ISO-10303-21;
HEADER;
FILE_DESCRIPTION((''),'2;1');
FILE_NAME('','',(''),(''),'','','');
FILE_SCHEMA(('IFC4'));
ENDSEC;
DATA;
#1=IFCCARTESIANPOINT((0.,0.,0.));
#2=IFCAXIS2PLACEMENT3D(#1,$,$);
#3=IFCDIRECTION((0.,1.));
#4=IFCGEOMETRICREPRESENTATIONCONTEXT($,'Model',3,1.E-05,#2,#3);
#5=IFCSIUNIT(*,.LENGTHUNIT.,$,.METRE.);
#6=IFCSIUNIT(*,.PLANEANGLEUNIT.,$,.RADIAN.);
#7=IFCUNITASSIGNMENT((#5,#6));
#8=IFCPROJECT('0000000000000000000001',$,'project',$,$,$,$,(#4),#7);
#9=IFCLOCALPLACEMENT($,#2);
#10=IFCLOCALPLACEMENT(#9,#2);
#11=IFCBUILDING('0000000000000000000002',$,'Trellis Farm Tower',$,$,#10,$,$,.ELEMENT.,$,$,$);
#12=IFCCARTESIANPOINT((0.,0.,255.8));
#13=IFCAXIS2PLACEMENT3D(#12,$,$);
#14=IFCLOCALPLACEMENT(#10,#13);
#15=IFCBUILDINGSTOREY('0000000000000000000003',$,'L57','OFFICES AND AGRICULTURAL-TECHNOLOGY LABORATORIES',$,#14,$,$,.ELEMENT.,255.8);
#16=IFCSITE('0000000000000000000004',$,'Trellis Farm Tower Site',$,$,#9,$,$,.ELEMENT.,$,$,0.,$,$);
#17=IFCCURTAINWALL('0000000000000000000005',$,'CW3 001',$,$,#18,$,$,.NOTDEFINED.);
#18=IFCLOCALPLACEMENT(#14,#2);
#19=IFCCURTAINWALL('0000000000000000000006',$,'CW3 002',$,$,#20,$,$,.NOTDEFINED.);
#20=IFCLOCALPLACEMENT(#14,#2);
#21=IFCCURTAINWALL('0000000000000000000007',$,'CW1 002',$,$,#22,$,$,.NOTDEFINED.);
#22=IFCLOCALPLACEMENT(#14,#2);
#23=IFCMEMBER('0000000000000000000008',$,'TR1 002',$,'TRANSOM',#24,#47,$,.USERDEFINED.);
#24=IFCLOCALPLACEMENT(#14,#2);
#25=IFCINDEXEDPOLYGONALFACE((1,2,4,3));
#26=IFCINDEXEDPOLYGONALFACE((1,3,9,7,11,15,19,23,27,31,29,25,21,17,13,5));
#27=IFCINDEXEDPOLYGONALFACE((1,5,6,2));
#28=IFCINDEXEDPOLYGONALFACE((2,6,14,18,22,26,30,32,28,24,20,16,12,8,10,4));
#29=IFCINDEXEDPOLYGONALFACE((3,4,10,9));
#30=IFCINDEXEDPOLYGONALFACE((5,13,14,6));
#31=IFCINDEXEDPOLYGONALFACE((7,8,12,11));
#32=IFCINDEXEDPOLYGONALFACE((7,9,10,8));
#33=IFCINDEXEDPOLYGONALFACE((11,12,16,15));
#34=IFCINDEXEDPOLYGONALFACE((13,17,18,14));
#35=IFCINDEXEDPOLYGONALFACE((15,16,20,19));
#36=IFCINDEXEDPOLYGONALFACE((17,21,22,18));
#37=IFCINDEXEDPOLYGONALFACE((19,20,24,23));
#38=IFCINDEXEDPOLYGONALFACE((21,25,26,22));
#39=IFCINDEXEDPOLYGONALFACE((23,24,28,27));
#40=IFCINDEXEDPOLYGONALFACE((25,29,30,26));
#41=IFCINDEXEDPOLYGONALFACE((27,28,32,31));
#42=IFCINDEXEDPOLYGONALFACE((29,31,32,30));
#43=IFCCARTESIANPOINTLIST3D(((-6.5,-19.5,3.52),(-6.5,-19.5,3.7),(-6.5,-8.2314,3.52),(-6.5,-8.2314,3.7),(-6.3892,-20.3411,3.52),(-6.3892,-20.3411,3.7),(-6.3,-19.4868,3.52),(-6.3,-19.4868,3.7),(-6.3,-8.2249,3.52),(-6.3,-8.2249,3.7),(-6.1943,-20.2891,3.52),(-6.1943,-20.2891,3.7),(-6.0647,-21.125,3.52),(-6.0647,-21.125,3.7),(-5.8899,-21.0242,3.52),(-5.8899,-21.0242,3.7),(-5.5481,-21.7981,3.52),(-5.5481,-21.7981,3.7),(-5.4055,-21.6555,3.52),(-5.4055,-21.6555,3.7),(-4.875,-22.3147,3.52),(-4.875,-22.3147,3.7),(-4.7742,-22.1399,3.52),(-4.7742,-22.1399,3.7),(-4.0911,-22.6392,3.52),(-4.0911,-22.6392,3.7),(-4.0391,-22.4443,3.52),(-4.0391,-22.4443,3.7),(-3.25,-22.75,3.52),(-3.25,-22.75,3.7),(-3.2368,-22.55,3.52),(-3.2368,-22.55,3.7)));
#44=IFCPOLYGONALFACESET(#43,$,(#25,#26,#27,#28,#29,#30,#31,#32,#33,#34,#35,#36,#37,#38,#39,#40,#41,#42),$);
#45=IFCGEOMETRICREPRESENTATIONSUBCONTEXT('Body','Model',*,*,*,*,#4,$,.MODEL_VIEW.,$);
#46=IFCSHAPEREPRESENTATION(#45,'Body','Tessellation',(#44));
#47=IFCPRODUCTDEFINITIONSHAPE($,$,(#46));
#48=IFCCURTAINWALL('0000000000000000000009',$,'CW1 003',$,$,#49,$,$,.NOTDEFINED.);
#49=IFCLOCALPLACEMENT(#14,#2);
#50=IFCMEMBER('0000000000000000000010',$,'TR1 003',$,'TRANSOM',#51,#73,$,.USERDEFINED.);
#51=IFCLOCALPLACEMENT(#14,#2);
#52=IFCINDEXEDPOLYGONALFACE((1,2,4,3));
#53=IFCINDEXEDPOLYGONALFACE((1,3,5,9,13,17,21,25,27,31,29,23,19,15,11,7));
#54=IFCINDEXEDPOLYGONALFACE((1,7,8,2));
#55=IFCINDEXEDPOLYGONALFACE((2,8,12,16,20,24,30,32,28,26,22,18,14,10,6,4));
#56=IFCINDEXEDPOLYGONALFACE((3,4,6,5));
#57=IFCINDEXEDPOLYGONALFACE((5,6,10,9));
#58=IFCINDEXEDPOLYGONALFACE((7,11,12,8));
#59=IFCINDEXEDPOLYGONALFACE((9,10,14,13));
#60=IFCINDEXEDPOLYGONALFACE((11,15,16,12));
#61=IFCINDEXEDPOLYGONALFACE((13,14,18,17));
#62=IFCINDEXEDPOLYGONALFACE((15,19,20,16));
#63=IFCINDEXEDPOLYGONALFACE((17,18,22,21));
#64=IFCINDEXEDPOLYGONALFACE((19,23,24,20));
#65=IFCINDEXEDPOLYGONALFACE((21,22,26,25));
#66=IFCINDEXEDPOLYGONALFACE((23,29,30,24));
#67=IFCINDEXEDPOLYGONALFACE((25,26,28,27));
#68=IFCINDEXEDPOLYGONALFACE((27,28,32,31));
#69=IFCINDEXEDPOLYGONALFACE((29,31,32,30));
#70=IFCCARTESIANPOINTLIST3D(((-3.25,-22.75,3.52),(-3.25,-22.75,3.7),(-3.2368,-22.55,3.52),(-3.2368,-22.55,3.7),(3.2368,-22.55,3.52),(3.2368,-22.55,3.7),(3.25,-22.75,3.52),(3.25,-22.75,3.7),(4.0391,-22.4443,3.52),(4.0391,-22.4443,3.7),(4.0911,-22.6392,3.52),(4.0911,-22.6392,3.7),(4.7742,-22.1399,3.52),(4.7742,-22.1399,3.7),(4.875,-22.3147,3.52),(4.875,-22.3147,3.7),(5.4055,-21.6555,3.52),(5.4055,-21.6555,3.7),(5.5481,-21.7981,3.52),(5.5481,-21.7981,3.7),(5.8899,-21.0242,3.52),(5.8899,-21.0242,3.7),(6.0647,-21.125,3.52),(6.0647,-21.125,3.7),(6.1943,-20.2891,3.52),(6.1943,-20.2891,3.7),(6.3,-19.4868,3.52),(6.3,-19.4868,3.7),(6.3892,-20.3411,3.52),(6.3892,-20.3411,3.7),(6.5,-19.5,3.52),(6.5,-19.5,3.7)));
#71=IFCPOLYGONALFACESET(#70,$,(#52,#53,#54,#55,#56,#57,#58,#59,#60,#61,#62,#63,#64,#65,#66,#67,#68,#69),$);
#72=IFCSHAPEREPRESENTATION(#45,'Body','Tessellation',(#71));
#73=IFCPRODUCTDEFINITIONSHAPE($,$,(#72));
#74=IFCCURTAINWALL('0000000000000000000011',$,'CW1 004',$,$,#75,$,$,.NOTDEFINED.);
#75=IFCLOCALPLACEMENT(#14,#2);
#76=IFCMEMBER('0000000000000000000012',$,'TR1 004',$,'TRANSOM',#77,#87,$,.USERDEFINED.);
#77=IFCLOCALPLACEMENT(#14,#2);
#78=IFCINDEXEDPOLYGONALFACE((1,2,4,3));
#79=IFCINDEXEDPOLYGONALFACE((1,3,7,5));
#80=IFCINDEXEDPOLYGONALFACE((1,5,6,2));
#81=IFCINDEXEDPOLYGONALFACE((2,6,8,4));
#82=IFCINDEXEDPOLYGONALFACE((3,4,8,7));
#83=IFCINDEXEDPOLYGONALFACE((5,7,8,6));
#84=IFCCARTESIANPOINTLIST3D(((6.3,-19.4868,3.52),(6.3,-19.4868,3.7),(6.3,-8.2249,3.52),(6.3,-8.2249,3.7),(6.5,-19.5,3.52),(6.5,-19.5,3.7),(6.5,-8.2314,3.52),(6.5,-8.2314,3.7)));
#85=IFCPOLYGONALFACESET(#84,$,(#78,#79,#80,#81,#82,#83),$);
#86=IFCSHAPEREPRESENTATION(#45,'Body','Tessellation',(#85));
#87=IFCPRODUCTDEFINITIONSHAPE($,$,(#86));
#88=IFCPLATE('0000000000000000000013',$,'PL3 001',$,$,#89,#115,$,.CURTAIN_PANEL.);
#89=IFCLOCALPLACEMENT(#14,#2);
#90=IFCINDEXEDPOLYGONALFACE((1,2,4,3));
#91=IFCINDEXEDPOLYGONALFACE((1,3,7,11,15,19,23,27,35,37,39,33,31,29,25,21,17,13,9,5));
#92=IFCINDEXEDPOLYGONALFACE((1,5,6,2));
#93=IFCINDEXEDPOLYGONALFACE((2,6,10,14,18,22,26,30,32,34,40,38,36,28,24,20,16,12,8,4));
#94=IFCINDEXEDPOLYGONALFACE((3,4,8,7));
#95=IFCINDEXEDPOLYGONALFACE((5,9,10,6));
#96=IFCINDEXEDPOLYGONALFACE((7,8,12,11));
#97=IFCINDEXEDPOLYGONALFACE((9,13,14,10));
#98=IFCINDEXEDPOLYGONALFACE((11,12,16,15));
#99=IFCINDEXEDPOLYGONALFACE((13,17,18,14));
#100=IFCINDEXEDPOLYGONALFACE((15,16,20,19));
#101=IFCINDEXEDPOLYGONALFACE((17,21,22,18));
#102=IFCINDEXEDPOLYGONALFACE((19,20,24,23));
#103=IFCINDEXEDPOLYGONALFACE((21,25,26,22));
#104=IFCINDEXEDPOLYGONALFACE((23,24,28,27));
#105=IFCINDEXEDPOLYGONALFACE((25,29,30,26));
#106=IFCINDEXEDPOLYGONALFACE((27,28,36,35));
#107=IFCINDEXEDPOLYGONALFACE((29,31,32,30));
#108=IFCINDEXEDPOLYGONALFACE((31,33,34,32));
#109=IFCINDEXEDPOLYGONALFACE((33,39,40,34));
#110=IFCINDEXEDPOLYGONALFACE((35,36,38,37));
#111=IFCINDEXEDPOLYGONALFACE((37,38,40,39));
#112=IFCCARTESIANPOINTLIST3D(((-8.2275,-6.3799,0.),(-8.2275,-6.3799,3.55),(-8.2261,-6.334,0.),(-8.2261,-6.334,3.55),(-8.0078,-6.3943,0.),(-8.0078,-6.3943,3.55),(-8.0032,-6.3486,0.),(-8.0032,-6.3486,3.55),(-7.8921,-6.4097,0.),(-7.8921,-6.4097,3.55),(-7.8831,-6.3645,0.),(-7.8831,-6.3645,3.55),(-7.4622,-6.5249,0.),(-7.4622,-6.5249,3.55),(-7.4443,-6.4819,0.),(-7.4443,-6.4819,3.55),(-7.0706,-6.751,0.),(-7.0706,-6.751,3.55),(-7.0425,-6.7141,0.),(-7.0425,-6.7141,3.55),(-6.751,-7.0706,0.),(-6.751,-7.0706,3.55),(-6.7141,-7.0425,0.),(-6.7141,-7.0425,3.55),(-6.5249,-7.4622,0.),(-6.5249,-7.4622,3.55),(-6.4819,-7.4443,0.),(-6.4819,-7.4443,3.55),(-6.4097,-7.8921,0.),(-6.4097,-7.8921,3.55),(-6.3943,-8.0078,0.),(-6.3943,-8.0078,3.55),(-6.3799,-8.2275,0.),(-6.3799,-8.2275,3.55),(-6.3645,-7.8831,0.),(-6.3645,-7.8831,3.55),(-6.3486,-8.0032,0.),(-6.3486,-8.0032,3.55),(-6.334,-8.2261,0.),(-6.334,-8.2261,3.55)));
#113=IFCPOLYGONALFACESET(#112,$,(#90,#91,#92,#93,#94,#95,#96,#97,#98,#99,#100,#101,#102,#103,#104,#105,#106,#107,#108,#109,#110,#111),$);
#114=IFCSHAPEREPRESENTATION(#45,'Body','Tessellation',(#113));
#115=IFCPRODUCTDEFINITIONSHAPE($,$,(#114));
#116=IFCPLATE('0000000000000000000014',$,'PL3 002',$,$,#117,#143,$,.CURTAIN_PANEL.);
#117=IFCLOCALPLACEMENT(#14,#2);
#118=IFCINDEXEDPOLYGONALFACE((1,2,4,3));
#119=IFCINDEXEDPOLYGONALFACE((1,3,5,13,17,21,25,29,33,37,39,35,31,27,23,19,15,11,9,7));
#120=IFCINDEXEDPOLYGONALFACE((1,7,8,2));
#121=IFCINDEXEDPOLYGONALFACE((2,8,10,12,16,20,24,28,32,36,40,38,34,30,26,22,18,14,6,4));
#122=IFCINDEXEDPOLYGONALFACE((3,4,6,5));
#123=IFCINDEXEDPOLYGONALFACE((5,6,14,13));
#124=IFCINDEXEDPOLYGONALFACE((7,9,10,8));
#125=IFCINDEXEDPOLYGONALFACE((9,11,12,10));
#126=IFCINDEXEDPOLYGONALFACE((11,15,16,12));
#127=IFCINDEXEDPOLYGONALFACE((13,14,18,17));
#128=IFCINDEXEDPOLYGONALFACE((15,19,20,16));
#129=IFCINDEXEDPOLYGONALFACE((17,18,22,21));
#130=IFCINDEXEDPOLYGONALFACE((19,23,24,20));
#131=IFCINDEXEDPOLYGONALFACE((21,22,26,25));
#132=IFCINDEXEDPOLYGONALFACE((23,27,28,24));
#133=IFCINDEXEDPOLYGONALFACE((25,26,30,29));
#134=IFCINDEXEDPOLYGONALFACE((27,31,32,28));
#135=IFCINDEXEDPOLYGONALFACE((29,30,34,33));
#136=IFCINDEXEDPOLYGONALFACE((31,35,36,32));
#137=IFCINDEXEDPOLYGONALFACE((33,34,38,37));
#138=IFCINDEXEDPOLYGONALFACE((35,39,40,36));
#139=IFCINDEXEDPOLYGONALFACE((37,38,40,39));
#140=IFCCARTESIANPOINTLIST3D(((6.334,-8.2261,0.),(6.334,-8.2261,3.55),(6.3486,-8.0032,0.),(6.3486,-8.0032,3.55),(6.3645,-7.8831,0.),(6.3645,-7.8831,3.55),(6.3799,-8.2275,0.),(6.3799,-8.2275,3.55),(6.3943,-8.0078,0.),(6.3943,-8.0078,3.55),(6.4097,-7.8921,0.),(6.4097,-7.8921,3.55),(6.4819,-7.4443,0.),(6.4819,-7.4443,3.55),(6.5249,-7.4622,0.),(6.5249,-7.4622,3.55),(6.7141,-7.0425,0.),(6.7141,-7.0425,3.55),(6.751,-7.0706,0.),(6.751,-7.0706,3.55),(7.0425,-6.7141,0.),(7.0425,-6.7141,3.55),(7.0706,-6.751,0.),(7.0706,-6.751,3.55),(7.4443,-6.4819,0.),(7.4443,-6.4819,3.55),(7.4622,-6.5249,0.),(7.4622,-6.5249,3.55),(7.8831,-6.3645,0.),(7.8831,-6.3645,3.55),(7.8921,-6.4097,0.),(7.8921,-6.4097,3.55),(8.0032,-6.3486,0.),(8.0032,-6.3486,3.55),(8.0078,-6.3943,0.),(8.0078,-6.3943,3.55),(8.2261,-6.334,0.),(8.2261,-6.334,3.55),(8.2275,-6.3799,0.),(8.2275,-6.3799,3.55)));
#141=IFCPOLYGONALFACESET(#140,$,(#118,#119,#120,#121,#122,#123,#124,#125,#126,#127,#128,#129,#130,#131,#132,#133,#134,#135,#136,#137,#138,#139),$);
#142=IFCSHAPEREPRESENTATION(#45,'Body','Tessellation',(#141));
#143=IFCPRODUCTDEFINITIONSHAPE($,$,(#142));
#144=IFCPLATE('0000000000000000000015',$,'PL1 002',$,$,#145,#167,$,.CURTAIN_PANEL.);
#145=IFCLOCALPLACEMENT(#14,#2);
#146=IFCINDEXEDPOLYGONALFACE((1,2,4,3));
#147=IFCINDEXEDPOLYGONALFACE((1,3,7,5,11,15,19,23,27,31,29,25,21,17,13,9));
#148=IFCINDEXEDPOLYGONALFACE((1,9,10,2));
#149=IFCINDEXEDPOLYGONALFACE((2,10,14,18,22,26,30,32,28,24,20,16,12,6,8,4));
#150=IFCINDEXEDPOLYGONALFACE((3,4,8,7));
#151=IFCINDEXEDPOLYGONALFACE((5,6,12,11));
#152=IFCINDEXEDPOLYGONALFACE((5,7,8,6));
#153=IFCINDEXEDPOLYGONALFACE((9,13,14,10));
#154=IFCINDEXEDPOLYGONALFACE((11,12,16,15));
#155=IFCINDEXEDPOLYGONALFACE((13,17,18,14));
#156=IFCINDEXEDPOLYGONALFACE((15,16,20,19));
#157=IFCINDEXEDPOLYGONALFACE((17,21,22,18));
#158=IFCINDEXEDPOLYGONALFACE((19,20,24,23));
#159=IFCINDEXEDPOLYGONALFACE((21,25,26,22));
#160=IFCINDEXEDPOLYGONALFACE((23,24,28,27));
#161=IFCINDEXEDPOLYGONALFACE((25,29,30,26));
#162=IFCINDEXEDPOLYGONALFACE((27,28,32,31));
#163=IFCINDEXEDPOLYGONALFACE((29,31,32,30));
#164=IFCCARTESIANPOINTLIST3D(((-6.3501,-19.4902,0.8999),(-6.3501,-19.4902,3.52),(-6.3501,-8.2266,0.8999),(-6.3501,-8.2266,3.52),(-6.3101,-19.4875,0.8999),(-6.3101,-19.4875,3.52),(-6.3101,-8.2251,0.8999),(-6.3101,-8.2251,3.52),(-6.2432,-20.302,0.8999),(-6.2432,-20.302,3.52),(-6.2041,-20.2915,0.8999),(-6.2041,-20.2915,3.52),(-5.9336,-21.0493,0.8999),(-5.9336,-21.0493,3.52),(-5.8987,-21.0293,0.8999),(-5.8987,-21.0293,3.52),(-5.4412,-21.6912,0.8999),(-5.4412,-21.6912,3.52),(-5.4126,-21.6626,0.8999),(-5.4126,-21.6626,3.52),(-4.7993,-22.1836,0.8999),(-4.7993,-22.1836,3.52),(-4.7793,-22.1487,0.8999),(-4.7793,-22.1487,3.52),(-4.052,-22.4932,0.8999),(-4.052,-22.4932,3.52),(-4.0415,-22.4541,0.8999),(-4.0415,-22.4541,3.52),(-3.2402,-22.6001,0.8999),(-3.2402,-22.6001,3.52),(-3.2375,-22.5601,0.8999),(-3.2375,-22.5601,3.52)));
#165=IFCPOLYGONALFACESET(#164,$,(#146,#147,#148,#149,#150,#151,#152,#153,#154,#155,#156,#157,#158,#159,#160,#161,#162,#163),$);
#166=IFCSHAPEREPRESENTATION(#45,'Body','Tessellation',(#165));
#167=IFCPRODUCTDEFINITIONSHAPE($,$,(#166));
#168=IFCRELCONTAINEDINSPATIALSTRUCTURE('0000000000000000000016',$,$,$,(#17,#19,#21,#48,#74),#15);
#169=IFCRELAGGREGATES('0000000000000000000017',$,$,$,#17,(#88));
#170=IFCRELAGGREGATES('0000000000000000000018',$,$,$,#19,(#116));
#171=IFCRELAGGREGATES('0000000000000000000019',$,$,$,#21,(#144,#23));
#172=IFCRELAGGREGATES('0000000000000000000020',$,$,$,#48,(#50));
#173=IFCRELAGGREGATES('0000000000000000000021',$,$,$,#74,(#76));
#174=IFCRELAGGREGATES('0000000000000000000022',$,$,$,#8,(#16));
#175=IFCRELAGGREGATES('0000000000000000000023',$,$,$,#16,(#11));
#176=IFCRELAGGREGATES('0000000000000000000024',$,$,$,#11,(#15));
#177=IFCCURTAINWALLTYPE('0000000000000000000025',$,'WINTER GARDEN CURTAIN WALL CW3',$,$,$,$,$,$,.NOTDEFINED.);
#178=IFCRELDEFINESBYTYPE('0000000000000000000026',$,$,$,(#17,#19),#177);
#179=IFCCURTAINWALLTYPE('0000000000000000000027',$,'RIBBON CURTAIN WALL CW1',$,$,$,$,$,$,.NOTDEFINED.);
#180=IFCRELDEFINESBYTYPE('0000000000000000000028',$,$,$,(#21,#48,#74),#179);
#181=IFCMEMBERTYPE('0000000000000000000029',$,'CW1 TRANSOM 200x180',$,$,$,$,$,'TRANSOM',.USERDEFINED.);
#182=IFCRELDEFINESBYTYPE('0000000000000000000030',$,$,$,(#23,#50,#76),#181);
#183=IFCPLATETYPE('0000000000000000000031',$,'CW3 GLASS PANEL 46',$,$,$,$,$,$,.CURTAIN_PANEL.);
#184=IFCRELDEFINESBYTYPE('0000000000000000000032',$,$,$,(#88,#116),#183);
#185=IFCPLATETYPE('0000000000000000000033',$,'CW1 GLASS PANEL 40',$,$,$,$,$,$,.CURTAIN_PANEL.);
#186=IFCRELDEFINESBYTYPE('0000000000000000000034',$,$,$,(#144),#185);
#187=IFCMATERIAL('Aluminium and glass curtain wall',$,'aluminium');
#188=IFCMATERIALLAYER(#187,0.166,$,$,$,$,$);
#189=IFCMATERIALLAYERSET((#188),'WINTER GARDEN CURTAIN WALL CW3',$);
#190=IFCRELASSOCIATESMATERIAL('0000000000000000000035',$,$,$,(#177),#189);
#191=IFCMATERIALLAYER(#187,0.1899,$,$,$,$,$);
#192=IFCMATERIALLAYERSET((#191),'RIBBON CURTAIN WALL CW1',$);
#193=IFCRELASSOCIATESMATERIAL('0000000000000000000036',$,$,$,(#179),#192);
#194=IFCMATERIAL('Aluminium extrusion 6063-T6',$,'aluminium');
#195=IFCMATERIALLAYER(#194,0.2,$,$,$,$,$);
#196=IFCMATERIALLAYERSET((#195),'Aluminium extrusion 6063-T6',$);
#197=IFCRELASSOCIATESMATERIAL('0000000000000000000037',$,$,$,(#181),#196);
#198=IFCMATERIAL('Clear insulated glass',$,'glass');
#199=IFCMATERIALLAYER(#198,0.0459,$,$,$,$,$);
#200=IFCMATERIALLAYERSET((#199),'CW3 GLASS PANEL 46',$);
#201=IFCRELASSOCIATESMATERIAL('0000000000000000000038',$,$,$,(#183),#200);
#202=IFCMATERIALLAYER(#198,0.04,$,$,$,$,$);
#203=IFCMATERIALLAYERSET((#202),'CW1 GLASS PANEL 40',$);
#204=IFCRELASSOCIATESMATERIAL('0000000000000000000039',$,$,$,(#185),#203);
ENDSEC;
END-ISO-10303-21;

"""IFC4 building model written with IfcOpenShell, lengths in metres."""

from ifc_helpers import new_model, si_unit, direction, frame, origin, place, context, subcontext, project, spatial, polyline, outline, extrude, source, transform, mapped, material, layer, layer_set, type_object, element, aggregate, save


model = new_model("IFC4")

# Units and contexts
model_context = context("Model", 3, precision=1e-05, world=origin(), true_north=direction((0.0, 1.0)))
body_context = subcontext(model_context, "Body", "Model", "MODEL_VIEW")
ifc_project = project(units=[si_unit("LENGTHUNIT", "METRE"), si_unit("PLANEANGLEUNIT", "RADIAN")], contexts=[model_context])

# Site, building, storey
site_placement = place(None, origin())
site = spatial("IfcSite", under=ifc_project, at=site_placement, Name="Trellis Farm Tower Site", CompositionType="ELEMENT", RefElevation=0.0)
building_placement = place(site_placement, origin())
building = spatial("IfcBuilding", under=site, at=building_placement, Name="Trellis Farm Tower", CompositionType="ELEMENT")
storey_placement = place(building_placement, frame((0.0, 0.0, 255.8)))
storey = spatial("IfcBuildingStorey", under=building, at=storey_placement, Name="L57", Description="OFFICES AND AGRICULTURAL-TECHNOLOGY LABORATORIES", CompositionType="ELEMENT", Elevation=255.8)

# Curtain walls, members
ifc_material_1 = material(Name="Aluminium and glass curtain wall", Category="aluminium")
ifc_layer_1 = layer(ifc_material_1, 0.166)
ifc_layer_set_1 = layer_set([ifc_layer_1], Name="WINTER GARDEN CURTAIN WALL CW3")
curtain_wall_type_1 = type_object("IfcCurtainWallType", Name="WINTER GARDEN CURTAIN WALL CW3", PredefinedType="NOTDEFINED", material=ifc_layer_set_1)
placement_1 = place(storey_placement, origin())
curtain_wall_1 = element("IfcCurtainWall", 1, at=placement_1, inside=storey, type_object=curtain_wall_type_1, Name="CW3 001", PredefinedType="NOTDEFINED")
ifc_material_2 = material(Name="Aluminium extrusion 6063-T6", Category="aluminium")
curtain_wall_2 = element("IfcCurtainWall", 2, at=placement_1, inside=storey, type_object=curtain_wall_type_1, Name="CW3 002", PredefinedType="NOTDEFINED")
ifc_layer_2 = layer(ifc_material_1, 0.1899)
ifc_layer_set_2 = layer_set([ifc_layer_2], Name="RIBBON CURTAIN WALL CW1")
curtain_wall_type_2 = type_object("IfcCurtainWallType", Name="RIBBON CURTAIN WALL CW1", PredefinedType="NOTDEFINED", material=ifc_layer_set_2)
ifc_layer_3 = layer(ifc_material_2, 0.2)
ifc_layer_set_3 = layer_set([ifc_layer_3], Name="Aluminium extrusion 6063-T6")
member_type_1 = type_object("IfcMemberType", Name="CW1 TRANSOM 200x180", ElementType="TRANSOM", PredefinedType="USERDEFINED", material=ifc_layer_set_3)
placement_2 = place(storey_placement, frame((0.0, 0.0, 3.52)))
curtain_wall_3 = element("IfcCurtainWall", 3, at=placement_1, inside=storey, type_object=curtain_wall_type_2, Name="CW1 002", PredefinedType="NOTDEFINED")
shared_shape_1 = source(origin(), body_context, "Body", "SweptSolid", [
    extrude(outline(polyline([(-6.5, -8.2314), (-6.5, -19.5), (-6.3892, -20.3411), (-6.0647, -21.125), (-5.5481, -21.7981), (-4.875, -22.3147), (-4.0911, -22.6392), (-3.25, -22.75), (-3.2368, -22.55), (-4.0391, -22.4443), (-4.7742, -22.1399), (-5.4055, -21.6555), (-5.8899, -21.0242), (-6.1943, -20.2891), (-6.3, -19.4868), (-6.3, -8.2249), (-6.5, -8.2314)])), origin(), (0.0, 0.0, 1.0), 0.1799),
])
member_1 = element("IfcMember", 4, at=placement_2, type_object=member_type_1, Name="TR1 002", ObjectType="TRANSOM", PredefinedType="USERDEFINED", context=body_context, shape_type="MappedRepresentation", body=[
    mapped(shared_shape_1, transform((0.0, 0.0, 0.0))),
])
curtain_wall_4 = element("IfcCurtainWall", 5, at=placement_1, inside=storey, type_object=curtain_wall_type_2, Name="CW1 003", PredefinedType="NOTDEFINED")
shared_shape_2 = source(origin(), body_context, "Body", "SweptSolid", [
    extrude(outline(polyline([(-3.25, -22.75), (3.25, -22.75), (4.0911, -22.6392), (4.875, -22.3147), (5.5481, -21.7981), (6.0647, -21.125), (6.3892, -20.3411), (6.5, -19.5), (6.3, -19.4868), (6.1943, -20.2891), (5.8899, -21.0242), (5.4055, -21.6555), (4.7742, -22.1399), (4.0391, -22.4443), (3.2368, -22.55), (-3.2368, -22.55), (-3.25, -22.75)])), origin(), (0.0, 0.0, 1.0), 0.1799),
])
member_2 = element("IfcMember", 6, at=placement_2, type_object=member_type_1, Name="TR1 003", ObjectType="TRANSOM", PredefinedType="USERDEFINED", context=body_context, shape_type="MappedRepresentation", body=[
    mapped(shared_shape_2, transform((0.0, 0.0, 0.0))),
])
curtain_wall_5 = element("IfcCurtainWall", 7, at=placement_1, inside=storey, type_object=curtain_wall_type_2, Name="CW1 004", PredefinedType="NOTDEFINED")
shared_shape_3 = source(origin(), body_context, "Body", "SweptSolid", [
    extrude(outline(polyline([(6.5, -19.5), (6.5, -8.2314), (6.3, -8.2249), (6.3, -19.4868), (6.5, -19.5)])), origin(), (0.0, 0.0, 1.0), 0.1799),
])
member_3 = element("IfcMember", 8, at=placement_2, type_object=member_type_1, Name="TR1 004", ObjectType="TRANSOM", PredefinedType="USERDEFINED", context=body_context, shape_type="MappedRepresentation", body=[
    mapped(shared_shape_3, transform((0.0, 0.0, 0.0))),
])

# Plates
ifc_material_3 = material(Name="Clear insulated glass", Category="glass")
ifc_layer_4 = layer(ifc_material_3, 0.0459)
ifc_layer_set_4 = layer_set([ifc_layer_4], Name="CW3 GLASS PANEL 46")
plate_type_1 = type_object("IfcPlateType", Name="CW3 GLASS PANEL 46", PredefinedType="CURTAIN_PANEL", material=ifc_layer_set_4)
shared_shape_4 = source(origin(), body_context, "Body", "SweptSolid", [
    extrude(outline(polyline([(-8.2275, -6.3799), (-8.0078, -6.3943), (-7.8921, -6.4097), (-7.4622, -6.5249), (-7.0706, -6.751), (-6.751, -7.0706), (-6.5249, -7.4622), (-6.4097, -7.8921), (-6.3943, -8.0078), (-6.3799, -8.2275), (-6.334, -8.2261), (-6.3486, -8.0032), (-6.3645, -7.8831), (-6.4819, -7.4443), (-6.7141, -7.0425), (-7.0425, -6.7141), (-7.4443, -6.4819), (-7.8831, -6.3645), (-8.0032, -6.3486), (-8.2261, -6.334), (-8.2275, -6.3799)])), origin(), (0.0, 0.0, 1.0), 3.55),
])
plate_1 = element("IfcPlate", 9, at=placement_1, type_object=plate_type_1, Name="PL3 001", PredefinedType="CURTAIN_PANEL", context=body_context, shape_type="MappedRepresentation", body=[
    mapped(shared_shape_4, transform((0.0, 0.0, 0.0))),
])
aggregate(curtain_wall_1, [plate_1])
shared_shape_5 = source(origin(), body_context, "Body", "SweptSolid", [
    extrude(outline(polyline([(6.3799, -8.2275), (6.3943, -8.0078), (6.4097, -7.8921), (6.5249, -7.4622), (6.751, -7.0706), (7.0706, -6.751), (7.4622, -6.5249), (7.8921, -6.4097), (8.0078, -6.3943), (8.2275, -6.3799), (8.2261, -6.334), (8.0032, -6.3486), (7.8831, -6.3645), (7.4443, -6.4819), (7.0425, -6.7141), (6.7141, -7.0425), (6.4819, -7.4443), (6.3645, -7.8831), (6.3486, -8.0032), (6.334, -8.2261), (6.3799, -8.2275)])), origin(), (0.0, 0.0, 1.0), 3.55),
])
plate_2 = element("IfcPlate", 10, at=placement_1, type_object=plate_type_1, Name="PL3 002", PredefinedType="CURTAIN_PANEL", context=body_context, shape_type="MappedRepresentation", body=[
    mapped(shared_shape_5, transform((0.0, 0.0, 0.0))),
])
aggregate(curtain_wall_2, [plate_2])
ifc_layer_5 = layer(ifc_material_3, 0.04)
ifc_layer_set_5 = layer_set([ifc_layer_5], Name="CW1 GLASS PANEL 40")
plate_type_2 = type_object("IfcPlateType", Name="CW1 GLASS PANEL 40", PredefinedType="CURTAIN_PANEL", material=ifc_layer_set_5)
shared_shape_6 = source(origin(), body_context, "Body", "SweptSolid", [
    extrude(outline(polyline([(-6.3501, -8.2266), (-6.3501, -19.4902), (-6.2432, -20.302), (-5.9336, -21.0493), (-5.4412, -21.6912), (-4.7993, -22.1836), (-4.052, -22.4932), (-3.2402, -22.6001), (-3.2375, -22.5601), (-4.0415, -22.4541), (-4.7793, -22.1487), (-5.4126, -21.6626), (-5.8987, -21.0293), (-6.2041, -20.2915), (-6.3101, -19.4875), (-6.3101, -8.2251), (-6.3501, -8.2266)])), origin(), (0.0, 0.0, 1.0), 2.6201),
])
placement_3 = place(storey_placement, frame((0.0, 0.0, 0.8999)))
plate_3 = element("IfcPlate", 11, at=placement_3, type_object=plate_type_2, Name="PL1 002", PredefinedType="CURTAIN_PANEL", context=body_context, shape_type="MappedRepresentation", body=[
    mapped(shared_shape_6, transform((0.0, 0.0, 0.0))),
])
aggregate(curtain_wall_3, [plate_3, member_1])
aggregate(curtain_wall_4, [member_2])
aggregate(curtain_wall_5, [member_3])

save(model, "model.ifc")
